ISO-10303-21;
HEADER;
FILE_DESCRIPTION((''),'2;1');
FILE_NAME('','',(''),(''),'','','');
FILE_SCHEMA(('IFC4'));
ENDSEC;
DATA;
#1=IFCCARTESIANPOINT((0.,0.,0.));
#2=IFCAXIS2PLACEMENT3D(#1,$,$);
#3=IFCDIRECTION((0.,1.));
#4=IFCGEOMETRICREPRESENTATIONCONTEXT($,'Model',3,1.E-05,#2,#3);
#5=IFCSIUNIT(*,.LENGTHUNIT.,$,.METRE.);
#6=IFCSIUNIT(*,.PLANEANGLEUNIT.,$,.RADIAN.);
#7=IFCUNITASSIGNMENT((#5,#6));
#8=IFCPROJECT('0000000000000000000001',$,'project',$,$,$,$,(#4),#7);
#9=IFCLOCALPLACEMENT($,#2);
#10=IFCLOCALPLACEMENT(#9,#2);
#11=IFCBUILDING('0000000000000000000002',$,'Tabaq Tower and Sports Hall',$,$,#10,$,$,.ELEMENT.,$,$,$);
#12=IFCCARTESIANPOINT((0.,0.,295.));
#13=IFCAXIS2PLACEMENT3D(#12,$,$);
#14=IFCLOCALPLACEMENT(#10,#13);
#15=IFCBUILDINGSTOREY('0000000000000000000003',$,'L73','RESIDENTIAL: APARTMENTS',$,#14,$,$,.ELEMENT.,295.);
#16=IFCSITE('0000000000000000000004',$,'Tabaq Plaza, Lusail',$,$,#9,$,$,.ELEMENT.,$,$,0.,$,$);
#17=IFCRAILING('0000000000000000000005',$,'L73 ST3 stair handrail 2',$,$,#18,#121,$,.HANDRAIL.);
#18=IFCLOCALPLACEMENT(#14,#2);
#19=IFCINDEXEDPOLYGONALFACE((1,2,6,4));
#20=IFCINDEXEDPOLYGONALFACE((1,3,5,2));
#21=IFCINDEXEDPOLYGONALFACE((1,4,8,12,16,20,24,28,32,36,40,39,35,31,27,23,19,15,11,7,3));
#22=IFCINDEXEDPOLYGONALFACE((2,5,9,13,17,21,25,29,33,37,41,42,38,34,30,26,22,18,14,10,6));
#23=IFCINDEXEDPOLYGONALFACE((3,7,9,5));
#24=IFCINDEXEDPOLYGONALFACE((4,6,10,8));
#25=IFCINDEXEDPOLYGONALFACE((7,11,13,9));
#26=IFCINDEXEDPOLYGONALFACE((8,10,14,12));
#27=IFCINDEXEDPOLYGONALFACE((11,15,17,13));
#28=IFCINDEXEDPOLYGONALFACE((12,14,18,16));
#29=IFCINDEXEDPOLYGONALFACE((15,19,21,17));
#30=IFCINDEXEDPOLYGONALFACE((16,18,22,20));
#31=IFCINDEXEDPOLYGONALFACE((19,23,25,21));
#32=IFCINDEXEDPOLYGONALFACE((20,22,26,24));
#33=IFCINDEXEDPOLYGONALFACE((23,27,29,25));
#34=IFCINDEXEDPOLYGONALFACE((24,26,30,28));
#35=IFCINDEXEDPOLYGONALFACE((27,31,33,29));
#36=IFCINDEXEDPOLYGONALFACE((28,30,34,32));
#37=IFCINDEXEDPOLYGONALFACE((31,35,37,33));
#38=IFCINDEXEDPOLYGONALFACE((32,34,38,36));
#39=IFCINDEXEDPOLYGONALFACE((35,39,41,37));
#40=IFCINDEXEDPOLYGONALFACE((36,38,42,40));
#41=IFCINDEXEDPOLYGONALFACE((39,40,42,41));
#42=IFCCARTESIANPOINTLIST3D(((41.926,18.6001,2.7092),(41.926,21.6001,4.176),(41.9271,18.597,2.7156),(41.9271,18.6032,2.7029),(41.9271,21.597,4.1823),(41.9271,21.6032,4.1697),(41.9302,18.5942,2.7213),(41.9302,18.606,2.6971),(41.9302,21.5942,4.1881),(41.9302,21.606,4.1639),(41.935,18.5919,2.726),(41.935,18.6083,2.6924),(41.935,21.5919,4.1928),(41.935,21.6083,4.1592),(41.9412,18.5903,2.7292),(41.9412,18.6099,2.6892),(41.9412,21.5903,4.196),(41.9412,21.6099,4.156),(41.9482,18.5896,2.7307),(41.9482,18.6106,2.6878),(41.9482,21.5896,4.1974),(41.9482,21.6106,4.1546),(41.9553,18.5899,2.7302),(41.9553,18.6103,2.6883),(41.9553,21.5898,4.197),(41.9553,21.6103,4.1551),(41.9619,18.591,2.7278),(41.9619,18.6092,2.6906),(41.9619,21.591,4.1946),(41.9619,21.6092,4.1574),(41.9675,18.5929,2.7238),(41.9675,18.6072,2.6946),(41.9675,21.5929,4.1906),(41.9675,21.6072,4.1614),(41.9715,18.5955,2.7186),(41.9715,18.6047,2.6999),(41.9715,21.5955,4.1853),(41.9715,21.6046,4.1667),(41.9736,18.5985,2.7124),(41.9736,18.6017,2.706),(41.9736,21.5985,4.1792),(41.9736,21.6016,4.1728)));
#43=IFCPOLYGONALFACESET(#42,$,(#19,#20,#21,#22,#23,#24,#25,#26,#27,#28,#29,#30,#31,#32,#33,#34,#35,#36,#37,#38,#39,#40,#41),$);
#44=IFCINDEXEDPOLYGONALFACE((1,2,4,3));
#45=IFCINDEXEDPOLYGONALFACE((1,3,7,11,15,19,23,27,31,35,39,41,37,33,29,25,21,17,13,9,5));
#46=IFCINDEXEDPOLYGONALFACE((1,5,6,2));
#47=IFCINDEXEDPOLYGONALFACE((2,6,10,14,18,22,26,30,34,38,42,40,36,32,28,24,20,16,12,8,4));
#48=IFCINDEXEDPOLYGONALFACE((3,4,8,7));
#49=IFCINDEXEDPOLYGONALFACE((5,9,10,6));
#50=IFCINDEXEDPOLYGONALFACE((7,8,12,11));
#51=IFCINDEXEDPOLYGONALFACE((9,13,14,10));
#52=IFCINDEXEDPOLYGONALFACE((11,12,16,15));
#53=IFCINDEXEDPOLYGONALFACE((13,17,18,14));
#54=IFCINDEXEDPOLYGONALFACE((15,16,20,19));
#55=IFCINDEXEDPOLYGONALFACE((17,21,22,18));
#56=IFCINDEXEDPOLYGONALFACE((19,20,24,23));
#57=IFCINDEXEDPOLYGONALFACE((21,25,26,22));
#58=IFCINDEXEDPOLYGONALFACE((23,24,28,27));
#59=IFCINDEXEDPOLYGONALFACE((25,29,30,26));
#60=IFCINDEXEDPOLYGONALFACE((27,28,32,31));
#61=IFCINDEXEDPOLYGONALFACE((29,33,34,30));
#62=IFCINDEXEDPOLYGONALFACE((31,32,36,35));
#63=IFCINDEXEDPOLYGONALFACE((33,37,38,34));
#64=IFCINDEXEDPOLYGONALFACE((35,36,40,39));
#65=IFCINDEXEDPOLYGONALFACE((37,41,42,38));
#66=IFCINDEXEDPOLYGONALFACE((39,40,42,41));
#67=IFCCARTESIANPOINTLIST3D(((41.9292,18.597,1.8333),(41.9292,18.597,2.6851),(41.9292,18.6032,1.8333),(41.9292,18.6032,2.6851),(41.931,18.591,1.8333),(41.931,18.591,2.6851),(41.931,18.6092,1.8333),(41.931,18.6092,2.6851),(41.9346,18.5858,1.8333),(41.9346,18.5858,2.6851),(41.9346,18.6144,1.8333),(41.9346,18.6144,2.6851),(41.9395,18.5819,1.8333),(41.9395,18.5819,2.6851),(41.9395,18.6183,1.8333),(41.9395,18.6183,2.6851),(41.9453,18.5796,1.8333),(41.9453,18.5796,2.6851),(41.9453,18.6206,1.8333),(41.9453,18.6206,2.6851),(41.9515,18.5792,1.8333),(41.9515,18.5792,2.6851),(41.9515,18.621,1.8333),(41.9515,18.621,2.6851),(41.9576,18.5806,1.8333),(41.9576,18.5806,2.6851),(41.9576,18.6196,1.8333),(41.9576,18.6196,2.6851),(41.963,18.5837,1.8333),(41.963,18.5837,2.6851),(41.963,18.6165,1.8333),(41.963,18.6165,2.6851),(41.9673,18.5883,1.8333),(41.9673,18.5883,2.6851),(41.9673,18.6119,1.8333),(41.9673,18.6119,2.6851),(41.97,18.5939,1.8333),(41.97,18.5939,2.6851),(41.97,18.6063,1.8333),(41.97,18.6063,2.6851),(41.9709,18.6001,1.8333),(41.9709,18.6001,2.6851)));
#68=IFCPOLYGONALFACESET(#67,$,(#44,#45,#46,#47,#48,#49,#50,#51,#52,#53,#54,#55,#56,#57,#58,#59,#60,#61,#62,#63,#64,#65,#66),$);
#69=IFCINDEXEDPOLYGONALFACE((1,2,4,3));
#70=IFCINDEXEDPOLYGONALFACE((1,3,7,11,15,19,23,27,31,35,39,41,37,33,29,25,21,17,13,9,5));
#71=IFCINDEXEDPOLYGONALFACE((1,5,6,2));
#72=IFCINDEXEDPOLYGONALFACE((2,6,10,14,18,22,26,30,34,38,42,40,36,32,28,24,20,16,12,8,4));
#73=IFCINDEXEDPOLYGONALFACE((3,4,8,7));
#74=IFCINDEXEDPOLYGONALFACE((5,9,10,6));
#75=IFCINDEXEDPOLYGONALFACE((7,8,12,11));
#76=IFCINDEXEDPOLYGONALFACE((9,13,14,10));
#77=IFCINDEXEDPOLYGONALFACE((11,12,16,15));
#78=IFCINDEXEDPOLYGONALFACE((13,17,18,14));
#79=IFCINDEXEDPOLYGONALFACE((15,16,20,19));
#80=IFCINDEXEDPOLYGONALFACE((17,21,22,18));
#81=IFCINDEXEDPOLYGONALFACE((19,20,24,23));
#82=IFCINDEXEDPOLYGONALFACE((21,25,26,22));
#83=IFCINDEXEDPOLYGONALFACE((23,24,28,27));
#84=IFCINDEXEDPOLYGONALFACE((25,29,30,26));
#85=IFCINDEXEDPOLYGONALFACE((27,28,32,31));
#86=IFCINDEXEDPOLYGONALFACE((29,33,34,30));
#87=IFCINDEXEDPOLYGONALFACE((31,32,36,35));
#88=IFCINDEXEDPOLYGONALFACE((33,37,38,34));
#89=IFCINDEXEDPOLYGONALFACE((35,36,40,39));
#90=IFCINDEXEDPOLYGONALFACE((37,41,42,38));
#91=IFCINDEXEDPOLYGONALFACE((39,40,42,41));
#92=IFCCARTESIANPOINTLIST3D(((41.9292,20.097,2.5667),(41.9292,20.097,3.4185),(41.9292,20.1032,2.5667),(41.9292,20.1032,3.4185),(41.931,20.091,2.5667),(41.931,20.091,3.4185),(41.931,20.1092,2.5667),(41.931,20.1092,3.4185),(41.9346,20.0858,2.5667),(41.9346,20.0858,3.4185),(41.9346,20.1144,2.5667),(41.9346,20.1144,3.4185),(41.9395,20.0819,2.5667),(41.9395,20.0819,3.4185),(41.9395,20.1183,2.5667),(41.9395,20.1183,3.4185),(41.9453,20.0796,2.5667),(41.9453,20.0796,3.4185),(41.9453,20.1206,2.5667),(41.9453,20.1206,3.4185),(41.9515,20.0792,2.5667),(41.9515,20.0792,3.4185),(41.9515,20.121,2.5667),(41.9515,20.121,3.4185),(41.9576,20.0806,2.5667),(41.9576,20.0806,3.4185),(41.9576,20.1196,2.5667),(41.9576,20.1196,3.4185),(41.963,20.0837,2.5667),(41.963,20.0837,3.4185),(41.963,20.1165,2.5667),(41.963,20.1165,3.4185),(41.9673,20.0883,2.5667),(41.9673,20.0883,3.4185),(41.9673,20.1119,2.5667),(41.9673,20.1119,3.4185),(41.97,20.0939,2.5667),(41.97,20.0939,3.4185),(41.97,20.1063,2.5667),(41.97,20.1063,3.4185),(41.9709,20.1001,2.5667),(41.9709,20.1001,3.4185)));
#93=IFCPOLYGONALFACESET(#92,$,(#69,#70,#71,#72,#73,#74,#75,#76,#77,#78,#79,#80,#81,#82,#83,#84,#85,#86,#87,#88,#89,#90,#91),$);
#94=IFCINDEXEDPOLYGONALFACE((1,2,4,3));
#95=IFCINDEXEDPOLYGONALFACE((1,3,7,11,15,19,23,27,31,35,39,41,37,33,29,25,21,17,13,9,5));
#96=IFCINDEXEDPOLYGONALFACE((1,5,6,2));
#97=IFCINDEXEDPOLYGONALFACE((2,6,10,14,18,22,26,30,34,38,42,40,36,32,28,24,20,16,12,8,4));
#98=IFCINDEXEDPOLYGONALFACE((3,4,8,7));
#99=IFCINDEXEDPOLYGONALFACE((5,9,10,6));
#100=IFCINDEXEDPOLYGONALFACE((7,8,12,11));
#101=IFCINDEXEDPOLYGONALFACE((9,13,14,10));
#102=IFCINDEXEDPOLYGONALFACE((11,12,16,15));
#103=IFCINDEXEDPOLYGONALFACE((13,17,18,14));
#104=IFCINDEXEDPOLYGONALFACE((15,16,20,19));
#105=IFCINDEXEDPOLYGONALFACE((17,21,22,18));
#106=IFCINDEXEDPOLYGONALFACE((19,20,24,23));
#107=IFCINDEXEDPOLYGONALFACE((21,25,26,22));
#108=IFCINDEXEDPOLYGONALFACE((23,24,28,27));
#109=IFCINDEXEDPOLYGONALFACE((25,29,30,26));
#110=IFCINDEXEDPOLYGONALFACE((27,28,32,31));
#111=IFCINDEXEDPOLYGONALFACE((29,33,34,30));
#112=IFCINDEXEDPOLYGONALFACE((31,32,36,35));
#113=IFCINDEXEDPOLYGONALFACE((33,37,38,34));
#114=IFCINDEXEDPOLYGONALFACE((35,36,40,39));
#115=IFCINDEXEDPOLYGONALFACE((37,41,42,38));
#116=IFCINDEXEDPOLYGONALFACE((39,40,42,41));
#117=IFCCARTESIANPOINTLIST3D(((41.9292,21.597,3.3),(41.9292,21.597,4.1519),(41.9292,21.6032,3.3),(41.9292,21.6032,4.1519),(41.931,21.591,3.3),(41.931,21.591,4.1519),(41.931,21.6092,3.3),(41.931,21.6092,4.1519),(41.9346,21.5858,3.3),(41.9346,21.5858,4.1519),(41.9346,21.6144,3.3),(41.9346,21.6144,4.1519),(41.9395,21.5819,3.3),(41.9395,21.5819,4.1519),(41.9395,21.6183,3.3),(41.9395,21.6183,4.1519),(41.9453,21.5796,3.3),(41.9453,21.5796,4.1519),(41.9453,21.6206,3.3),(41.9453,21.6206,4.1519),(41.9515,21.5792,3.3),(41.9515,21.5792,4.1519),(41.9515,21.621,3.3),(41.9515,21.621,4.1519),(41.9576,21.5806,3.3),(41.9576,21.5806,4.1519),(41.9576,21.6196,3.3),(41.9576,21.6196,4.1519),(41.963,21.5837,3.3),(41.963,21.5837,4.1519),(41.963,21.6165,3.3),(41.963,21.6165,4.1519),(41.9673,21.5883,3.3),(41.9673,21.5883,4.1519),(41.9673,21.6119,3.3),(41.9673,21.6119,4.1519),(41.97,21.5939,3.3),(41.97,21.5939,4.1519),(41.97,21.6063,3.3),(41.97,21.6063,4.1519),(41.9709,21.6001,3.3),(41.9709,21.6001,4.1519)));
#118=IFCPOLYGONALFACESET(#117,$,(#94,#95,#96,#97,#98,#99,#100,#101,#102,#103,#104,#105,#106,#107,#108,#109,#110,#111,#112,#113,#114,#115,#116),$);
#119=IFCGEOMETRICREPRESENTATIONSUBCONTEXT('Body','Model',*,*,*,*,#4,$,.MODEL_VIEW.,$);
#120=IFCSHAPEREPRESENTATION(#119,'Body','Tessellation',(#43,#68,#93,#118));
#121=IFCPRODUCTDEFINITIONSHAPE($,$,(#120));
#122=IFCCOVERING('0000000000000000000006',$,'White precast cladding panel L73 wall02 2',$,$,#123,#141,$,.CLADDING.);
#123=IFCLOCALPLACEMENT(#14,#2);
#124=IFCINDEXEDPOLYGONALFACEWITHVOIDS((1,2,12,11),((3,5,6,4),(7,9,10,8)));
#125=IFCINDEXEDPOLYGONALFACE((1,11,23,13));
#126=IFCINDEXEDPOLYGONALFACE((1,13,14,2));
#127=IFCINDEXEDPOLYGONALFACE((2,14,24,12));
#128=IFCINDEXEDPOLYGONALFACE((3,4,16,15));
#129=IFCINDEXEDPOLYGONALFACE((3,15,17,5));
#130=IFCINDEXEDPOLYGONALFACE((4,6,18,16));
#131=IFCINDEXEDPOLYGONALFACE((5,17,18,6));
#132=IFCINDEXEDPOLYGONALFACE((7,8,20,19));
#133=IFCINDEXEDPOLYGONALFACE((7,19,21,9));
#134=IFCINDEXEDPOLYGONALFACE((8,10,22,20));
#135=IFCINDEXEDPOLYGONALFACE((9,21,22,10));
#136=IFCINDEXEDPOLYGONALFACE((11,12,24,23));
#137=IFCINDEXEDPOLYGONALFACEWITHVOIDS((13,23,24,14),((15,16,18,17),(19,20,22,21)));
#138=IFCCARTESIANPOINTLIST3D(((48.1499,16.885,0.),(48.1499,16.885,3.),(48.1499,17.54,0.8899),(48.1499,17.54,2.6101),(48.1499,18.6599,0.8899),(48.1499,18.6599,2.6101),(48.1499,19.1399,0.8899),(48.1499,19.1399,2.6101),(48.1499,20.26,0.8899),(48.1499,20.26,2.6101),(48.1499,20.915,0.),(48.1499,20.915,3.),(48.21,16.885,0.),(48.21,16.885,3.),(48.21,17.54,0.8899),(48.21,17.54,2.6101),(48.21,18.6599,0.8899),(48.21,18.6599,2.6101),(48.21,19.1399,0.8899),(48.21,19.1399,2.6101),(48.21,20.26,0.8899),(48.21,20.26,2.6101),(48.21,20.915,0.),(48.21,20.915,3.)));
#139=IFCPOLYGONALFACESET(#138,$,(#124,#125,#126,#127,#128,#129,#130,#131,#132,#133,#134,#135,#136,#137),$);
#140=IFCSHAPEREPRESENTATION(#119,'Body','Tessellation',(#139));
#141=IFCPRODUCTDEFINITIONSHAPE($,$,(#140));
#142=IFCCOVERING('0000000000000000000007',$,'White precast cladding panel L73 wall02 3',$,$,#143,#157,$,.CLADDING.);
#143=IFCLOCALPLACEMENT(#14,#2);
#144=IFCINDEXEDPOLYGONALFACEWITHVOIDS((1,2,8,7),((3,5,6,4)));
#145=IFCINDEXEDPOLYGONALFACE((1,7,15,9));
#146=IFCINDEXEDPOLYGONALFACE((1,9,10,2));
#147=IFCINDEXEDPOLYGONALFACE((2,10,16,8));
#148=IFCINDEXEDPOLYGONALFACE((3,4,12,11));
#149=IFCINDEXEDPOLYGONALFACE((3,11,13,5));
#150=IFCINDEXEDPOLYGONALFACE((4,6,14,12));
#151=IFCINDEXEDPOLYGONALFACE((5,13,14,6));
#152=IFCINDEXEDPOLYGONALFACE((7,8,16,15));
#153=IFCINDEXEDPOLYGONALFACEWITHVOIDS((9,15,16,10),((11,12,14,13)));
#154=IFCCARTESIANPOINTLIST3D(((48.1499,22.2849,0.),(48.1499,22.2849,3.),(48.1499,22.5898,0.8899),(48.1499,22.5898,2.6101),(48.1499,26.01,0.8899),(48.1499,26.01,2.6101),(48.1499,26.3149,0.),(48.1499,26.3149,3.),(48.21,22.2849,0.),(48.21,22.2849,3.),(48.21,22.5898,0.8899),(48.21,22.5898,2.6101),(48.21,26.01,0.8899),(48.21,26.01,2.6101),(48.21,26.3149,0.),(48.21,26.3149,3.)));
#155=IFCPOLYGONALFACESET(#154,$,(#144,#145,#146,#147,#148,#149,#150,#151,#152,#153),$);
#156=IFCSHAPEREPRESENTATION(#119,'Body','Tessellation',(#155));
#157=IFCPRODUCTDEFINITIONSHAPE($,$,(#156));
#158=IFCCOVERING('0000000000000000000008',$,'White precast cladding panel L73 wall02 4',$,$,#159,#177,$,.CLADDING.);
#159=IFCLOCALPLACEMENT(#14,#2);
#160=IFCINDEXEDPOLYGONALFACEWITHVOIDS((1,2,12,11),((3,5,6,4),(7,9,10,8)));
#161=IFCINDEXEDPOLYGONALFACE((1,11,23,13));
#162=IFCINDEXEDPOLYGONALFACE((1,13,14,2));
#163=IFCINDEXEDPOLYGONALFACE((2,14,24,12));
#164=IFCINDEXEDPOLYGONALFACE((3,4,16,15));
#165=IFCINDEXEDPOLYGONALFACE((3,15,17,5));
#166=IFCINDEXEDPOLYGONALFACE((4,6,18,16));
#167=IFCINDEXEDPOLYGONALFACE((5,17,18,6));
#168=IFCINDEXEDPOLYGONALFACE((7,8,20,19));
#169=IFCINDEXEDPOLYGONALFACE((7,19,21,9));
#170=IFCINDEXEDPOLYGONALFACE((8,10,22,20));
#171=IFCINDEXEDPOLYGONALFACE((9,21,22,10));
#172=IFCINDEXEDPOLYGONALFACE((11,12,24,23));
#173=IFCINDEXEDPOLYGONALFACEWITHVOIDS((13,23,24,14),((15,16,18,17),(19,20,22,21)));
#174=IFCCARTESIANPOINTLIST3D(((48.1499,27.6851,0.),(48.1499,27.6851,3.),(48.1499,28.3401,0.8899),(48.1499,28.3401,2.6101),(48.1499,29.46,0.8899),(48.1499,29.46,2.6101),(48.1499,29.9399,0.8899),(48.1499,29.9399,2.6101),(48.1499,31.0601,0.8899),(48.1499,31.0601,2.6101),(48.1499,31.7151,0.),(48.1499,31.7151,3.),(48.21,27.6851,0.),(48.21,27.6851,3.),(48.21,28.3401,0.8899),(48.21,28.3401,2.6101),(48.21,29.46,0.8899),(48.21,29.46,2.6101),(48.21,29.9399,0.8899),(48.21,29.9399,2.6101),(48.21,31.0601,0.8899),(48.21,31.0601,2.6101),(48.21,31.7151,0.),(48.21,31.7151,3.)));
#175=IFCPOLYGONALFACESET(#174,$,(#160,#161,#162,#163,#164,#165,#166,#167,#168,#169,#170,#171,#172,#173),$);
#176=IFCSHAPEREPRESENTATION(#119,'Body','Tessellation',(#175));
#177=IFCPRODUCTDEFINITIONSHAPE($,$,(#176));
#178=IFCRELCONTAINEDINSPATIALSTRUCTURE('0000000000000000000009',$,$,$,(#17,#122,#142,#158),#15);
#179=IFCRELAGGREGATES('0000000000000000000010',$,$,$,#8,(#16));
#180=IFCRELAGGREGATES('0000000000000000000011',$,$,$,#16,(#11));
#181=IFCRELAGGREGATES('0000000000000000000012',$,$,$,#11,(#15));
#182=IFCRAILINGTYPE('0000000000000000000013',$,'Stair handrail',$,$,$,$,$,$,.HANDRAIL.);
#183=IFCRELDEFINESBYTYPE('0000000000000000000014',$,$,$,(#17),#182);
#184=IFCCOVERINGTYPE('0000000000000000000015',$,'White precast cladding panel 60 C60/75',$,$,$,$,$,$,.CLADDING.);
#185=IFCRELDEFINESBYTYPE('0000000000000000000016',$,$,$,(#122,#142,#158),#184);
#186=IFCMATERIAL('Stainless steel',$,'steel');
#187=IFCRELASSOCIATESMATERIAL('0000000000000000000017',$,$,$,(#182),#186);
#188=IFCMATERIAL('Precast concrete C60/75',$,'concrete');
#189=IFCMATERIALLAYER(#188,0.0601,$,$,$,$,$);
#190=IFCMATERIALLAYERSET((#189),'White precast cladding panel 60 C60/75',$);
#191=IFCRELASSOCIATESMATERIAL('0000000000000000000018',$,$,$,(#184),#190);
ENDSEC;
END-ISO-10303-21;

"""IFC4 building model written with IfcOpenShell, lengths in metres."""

from ifc_helpers import new_model, si_unit, direction, frame, origin, origin_2d, place, context, subcontext, project, spatial, polyline, circle, outline, extrude, material, layer, layer_set, type_object, element, save


model = new_model("IFC4")

# Units and contexts
model_context = context("Model", 3, precision=1e-05, world=origin(), true_north=direction((0.0, 1.0)))
body_context = subcontext(model_context, "Body", "Model", "MODEL_VIEW")
ifc_project = project(units=[si_unit("LENGTHUNIT", "METRE"), si_unit("PLANEANGLEUNIT", "RADIAN")], contexts=[model_context])

# Site, building, storey
site_placement = place(None, origin())
site = spatial("IfcSite", under=ifc_project, at=site_placement, Name="Tabaq Plaza, Lusail", CompositionType="ELEMENT", RefElevation=0.0)
building_placement = place(site_placement, origin())
building = spatial("IfcBuilding", under=site, at=building_placement, Name="Tabaq Tower and Sports Hall", CompositionType="ELEMENT")
storey_placement = place(building_placement, frame((0.0, 0.0, 295.0)))
storey = spatial("IfcBuildingStorey", under=building, at=storey_placement, Name="L73", Description="RESIDENTIAL: APARTMENTS", CompositionType="ELEMENT", Elevation=295.0)

# Railing
ifc_material_1 = material(Name="Stainless steel", Category="steel")
railing_type_1 = type_object("IfcRailingType", Name="Stair handrail", PredefinedType="HANDRAIL", material=ifc_material_1)
railing_1_placement = place(storey_placement, frame((41.95, 18.6001, 1.8333)))
element("IfcRailing", 1, at=railing_1_placement, inside=storey, type_object=railing_type_1, Name="L73 ST3 stair handrail 2", PredefinedType="HANDRAIL", context=body_context, shape_type="SweptSolid", body=[
    extrude(circle(Radius=0.0239, at=origin_2d()), frame((0.0, 0.0, 0.876), z_axis=(0.0, 0.898369, 0.439242), x_axis=(-1.0, 0.0, 0.0)), (0.0, 0.0, 1.0), 3.3394),
    extrude(circle(Radius=0.021, at=origin_2d()), origin(), (0.0, 0.0, 1.0), 0.8518),
    extrude(circle(Radius=0.021, at=origin_2d()), frame((0.0, 1.5, 0.7334)), (0.0, 0.0, 1.0), 0.8518),
    extrude(circle(Radius=0.021, at=origin_2d()), frame((0.0, 3.0, 1.4668)), (0.0, 0.0, 1.0), 0.8518),
])

# Coverings
ifc_material_2 = material(Name="Precast concrete C60/75", Category="concrete")
ifc_layer_1 = layer(ifc_material_2, 0.0601)
ifc_layer_set_1 = layer_set([ifc_layer_1], Name="White precast cladding panel 60 C60/75")
covering_type_1 = type_object("IfcCoveringType", Name="White precast cladding panel 60 C60/75", PredefinedType="CLADDING", material=ifc_layer_set_1)
covering_1_placement = place(storey_placement, frame((48.1799, 16.885, 0.0), z_axis=(0.0, 0.0, 1.0), x_axis=(0.0, 1.0, 0.0)))
element("IfcCovering", 2, at=covering_1_placement, inside=storey, type_object=covering_type_1, Name="White precast cladding panel L73 wall02 2", PredefinedType="CLADDING", context=body_context, shape_type="SweptSolid", body=[
    extrude(outline(polyline([(0.0, 0.0), (4.03, 0.0), (4.03, 3.0), (0.0, 3.0), (0.0, 0.0)]), holes=[polyline([(0.655, 2.6101), (1.7749, 2.6101), (1.7749, 0.8899), (0.655, 0.8899), (0.655, 2.6101)]), polyline([(2.2549, 2.6101), (3.375, 2.6101), (3.375, 0.8899), (2.2549, 0.8899), (2.2549, 2.6101)])]), frame((0.0, 0.03, 0.0), z_axis=(0.0, -1.0, 0.0), x_axis=(1.0, 0.0, 0.0)), (0.0, 0.0, 1.0), 0.0601),
])
covering_2_placement = place(storey_placement, frame((48.1799, 22.2849, 0.0), z_axis=(0.0, 0.0, 1.0), x_axis=(0.0, 1.0, 0.0)))
element("IfcCovering", 3, at=covering_2_placement, inside=storey, type_object=covering_type_1, Name="White precast cladding panel L73 wall02 3", PredefinedType="CLADDING", context=body_context, shape_type="SweptSolid", body=[
    extrude(outline(polyline([(0.0, 0.0), (4.03, 0.0), (4.03, 3.0), (0.0, 3.0), (0.0, 0.0)]), holes=[polyline([(0.3049, 0.8899), (0.3049, 2.6101), (3.7251, 2.6101), (3.7251, 0.8899), (0.3049, 0.8899)])]), frame((0.0, 0.03, 0.0), z_axis=(0.0, -1.0, 0.0), x_axis=(1.0, 0.0, 0.0)), (0.0, 0.0, 1.0), 0.0601),
])
covering_3_placement = place(storey_placement, frame((48.1799, 27.6851, 0.0), z_axis=(0.0, 0.0, 1.0), x_axis=(0.0, 1.0, 0.0)))
element("IfcCovering", 4, at=covering_3_placement, inside=storey, type_object=covering_type_1, Name="White precast cladding panel L73 wall02 4", PredefinedType="CLADDING", context=body_context, shape_type="SweptSolid", body=[
    extrude(outline(polyline([(0.0, 0.0), (4.03, 0.0), (4.03, 3.0), (0.0, 3.0), (0.0, 0.0)]), holes=[polyline([(0.655, 2.6101), (1.7749, 2.6101), (1.7749, 0.8899), (0.655, 0.8899), (0.655, 2.6101)]), polyline([(2.2549, 2.6101), (3.375, 2.6101), (3.375, 0.8899), (2.2549, 0.8899), (2.2549, 2.6101)])]), frame((0.0, 0.03, 0.0), z_axis=(0.0, -1.0, 0.0), x_axis=(1.0, 0.0, 0.0)), (0.0, 0.0, 1.0), 0.0601),
])

save(model, "model.ifc")
